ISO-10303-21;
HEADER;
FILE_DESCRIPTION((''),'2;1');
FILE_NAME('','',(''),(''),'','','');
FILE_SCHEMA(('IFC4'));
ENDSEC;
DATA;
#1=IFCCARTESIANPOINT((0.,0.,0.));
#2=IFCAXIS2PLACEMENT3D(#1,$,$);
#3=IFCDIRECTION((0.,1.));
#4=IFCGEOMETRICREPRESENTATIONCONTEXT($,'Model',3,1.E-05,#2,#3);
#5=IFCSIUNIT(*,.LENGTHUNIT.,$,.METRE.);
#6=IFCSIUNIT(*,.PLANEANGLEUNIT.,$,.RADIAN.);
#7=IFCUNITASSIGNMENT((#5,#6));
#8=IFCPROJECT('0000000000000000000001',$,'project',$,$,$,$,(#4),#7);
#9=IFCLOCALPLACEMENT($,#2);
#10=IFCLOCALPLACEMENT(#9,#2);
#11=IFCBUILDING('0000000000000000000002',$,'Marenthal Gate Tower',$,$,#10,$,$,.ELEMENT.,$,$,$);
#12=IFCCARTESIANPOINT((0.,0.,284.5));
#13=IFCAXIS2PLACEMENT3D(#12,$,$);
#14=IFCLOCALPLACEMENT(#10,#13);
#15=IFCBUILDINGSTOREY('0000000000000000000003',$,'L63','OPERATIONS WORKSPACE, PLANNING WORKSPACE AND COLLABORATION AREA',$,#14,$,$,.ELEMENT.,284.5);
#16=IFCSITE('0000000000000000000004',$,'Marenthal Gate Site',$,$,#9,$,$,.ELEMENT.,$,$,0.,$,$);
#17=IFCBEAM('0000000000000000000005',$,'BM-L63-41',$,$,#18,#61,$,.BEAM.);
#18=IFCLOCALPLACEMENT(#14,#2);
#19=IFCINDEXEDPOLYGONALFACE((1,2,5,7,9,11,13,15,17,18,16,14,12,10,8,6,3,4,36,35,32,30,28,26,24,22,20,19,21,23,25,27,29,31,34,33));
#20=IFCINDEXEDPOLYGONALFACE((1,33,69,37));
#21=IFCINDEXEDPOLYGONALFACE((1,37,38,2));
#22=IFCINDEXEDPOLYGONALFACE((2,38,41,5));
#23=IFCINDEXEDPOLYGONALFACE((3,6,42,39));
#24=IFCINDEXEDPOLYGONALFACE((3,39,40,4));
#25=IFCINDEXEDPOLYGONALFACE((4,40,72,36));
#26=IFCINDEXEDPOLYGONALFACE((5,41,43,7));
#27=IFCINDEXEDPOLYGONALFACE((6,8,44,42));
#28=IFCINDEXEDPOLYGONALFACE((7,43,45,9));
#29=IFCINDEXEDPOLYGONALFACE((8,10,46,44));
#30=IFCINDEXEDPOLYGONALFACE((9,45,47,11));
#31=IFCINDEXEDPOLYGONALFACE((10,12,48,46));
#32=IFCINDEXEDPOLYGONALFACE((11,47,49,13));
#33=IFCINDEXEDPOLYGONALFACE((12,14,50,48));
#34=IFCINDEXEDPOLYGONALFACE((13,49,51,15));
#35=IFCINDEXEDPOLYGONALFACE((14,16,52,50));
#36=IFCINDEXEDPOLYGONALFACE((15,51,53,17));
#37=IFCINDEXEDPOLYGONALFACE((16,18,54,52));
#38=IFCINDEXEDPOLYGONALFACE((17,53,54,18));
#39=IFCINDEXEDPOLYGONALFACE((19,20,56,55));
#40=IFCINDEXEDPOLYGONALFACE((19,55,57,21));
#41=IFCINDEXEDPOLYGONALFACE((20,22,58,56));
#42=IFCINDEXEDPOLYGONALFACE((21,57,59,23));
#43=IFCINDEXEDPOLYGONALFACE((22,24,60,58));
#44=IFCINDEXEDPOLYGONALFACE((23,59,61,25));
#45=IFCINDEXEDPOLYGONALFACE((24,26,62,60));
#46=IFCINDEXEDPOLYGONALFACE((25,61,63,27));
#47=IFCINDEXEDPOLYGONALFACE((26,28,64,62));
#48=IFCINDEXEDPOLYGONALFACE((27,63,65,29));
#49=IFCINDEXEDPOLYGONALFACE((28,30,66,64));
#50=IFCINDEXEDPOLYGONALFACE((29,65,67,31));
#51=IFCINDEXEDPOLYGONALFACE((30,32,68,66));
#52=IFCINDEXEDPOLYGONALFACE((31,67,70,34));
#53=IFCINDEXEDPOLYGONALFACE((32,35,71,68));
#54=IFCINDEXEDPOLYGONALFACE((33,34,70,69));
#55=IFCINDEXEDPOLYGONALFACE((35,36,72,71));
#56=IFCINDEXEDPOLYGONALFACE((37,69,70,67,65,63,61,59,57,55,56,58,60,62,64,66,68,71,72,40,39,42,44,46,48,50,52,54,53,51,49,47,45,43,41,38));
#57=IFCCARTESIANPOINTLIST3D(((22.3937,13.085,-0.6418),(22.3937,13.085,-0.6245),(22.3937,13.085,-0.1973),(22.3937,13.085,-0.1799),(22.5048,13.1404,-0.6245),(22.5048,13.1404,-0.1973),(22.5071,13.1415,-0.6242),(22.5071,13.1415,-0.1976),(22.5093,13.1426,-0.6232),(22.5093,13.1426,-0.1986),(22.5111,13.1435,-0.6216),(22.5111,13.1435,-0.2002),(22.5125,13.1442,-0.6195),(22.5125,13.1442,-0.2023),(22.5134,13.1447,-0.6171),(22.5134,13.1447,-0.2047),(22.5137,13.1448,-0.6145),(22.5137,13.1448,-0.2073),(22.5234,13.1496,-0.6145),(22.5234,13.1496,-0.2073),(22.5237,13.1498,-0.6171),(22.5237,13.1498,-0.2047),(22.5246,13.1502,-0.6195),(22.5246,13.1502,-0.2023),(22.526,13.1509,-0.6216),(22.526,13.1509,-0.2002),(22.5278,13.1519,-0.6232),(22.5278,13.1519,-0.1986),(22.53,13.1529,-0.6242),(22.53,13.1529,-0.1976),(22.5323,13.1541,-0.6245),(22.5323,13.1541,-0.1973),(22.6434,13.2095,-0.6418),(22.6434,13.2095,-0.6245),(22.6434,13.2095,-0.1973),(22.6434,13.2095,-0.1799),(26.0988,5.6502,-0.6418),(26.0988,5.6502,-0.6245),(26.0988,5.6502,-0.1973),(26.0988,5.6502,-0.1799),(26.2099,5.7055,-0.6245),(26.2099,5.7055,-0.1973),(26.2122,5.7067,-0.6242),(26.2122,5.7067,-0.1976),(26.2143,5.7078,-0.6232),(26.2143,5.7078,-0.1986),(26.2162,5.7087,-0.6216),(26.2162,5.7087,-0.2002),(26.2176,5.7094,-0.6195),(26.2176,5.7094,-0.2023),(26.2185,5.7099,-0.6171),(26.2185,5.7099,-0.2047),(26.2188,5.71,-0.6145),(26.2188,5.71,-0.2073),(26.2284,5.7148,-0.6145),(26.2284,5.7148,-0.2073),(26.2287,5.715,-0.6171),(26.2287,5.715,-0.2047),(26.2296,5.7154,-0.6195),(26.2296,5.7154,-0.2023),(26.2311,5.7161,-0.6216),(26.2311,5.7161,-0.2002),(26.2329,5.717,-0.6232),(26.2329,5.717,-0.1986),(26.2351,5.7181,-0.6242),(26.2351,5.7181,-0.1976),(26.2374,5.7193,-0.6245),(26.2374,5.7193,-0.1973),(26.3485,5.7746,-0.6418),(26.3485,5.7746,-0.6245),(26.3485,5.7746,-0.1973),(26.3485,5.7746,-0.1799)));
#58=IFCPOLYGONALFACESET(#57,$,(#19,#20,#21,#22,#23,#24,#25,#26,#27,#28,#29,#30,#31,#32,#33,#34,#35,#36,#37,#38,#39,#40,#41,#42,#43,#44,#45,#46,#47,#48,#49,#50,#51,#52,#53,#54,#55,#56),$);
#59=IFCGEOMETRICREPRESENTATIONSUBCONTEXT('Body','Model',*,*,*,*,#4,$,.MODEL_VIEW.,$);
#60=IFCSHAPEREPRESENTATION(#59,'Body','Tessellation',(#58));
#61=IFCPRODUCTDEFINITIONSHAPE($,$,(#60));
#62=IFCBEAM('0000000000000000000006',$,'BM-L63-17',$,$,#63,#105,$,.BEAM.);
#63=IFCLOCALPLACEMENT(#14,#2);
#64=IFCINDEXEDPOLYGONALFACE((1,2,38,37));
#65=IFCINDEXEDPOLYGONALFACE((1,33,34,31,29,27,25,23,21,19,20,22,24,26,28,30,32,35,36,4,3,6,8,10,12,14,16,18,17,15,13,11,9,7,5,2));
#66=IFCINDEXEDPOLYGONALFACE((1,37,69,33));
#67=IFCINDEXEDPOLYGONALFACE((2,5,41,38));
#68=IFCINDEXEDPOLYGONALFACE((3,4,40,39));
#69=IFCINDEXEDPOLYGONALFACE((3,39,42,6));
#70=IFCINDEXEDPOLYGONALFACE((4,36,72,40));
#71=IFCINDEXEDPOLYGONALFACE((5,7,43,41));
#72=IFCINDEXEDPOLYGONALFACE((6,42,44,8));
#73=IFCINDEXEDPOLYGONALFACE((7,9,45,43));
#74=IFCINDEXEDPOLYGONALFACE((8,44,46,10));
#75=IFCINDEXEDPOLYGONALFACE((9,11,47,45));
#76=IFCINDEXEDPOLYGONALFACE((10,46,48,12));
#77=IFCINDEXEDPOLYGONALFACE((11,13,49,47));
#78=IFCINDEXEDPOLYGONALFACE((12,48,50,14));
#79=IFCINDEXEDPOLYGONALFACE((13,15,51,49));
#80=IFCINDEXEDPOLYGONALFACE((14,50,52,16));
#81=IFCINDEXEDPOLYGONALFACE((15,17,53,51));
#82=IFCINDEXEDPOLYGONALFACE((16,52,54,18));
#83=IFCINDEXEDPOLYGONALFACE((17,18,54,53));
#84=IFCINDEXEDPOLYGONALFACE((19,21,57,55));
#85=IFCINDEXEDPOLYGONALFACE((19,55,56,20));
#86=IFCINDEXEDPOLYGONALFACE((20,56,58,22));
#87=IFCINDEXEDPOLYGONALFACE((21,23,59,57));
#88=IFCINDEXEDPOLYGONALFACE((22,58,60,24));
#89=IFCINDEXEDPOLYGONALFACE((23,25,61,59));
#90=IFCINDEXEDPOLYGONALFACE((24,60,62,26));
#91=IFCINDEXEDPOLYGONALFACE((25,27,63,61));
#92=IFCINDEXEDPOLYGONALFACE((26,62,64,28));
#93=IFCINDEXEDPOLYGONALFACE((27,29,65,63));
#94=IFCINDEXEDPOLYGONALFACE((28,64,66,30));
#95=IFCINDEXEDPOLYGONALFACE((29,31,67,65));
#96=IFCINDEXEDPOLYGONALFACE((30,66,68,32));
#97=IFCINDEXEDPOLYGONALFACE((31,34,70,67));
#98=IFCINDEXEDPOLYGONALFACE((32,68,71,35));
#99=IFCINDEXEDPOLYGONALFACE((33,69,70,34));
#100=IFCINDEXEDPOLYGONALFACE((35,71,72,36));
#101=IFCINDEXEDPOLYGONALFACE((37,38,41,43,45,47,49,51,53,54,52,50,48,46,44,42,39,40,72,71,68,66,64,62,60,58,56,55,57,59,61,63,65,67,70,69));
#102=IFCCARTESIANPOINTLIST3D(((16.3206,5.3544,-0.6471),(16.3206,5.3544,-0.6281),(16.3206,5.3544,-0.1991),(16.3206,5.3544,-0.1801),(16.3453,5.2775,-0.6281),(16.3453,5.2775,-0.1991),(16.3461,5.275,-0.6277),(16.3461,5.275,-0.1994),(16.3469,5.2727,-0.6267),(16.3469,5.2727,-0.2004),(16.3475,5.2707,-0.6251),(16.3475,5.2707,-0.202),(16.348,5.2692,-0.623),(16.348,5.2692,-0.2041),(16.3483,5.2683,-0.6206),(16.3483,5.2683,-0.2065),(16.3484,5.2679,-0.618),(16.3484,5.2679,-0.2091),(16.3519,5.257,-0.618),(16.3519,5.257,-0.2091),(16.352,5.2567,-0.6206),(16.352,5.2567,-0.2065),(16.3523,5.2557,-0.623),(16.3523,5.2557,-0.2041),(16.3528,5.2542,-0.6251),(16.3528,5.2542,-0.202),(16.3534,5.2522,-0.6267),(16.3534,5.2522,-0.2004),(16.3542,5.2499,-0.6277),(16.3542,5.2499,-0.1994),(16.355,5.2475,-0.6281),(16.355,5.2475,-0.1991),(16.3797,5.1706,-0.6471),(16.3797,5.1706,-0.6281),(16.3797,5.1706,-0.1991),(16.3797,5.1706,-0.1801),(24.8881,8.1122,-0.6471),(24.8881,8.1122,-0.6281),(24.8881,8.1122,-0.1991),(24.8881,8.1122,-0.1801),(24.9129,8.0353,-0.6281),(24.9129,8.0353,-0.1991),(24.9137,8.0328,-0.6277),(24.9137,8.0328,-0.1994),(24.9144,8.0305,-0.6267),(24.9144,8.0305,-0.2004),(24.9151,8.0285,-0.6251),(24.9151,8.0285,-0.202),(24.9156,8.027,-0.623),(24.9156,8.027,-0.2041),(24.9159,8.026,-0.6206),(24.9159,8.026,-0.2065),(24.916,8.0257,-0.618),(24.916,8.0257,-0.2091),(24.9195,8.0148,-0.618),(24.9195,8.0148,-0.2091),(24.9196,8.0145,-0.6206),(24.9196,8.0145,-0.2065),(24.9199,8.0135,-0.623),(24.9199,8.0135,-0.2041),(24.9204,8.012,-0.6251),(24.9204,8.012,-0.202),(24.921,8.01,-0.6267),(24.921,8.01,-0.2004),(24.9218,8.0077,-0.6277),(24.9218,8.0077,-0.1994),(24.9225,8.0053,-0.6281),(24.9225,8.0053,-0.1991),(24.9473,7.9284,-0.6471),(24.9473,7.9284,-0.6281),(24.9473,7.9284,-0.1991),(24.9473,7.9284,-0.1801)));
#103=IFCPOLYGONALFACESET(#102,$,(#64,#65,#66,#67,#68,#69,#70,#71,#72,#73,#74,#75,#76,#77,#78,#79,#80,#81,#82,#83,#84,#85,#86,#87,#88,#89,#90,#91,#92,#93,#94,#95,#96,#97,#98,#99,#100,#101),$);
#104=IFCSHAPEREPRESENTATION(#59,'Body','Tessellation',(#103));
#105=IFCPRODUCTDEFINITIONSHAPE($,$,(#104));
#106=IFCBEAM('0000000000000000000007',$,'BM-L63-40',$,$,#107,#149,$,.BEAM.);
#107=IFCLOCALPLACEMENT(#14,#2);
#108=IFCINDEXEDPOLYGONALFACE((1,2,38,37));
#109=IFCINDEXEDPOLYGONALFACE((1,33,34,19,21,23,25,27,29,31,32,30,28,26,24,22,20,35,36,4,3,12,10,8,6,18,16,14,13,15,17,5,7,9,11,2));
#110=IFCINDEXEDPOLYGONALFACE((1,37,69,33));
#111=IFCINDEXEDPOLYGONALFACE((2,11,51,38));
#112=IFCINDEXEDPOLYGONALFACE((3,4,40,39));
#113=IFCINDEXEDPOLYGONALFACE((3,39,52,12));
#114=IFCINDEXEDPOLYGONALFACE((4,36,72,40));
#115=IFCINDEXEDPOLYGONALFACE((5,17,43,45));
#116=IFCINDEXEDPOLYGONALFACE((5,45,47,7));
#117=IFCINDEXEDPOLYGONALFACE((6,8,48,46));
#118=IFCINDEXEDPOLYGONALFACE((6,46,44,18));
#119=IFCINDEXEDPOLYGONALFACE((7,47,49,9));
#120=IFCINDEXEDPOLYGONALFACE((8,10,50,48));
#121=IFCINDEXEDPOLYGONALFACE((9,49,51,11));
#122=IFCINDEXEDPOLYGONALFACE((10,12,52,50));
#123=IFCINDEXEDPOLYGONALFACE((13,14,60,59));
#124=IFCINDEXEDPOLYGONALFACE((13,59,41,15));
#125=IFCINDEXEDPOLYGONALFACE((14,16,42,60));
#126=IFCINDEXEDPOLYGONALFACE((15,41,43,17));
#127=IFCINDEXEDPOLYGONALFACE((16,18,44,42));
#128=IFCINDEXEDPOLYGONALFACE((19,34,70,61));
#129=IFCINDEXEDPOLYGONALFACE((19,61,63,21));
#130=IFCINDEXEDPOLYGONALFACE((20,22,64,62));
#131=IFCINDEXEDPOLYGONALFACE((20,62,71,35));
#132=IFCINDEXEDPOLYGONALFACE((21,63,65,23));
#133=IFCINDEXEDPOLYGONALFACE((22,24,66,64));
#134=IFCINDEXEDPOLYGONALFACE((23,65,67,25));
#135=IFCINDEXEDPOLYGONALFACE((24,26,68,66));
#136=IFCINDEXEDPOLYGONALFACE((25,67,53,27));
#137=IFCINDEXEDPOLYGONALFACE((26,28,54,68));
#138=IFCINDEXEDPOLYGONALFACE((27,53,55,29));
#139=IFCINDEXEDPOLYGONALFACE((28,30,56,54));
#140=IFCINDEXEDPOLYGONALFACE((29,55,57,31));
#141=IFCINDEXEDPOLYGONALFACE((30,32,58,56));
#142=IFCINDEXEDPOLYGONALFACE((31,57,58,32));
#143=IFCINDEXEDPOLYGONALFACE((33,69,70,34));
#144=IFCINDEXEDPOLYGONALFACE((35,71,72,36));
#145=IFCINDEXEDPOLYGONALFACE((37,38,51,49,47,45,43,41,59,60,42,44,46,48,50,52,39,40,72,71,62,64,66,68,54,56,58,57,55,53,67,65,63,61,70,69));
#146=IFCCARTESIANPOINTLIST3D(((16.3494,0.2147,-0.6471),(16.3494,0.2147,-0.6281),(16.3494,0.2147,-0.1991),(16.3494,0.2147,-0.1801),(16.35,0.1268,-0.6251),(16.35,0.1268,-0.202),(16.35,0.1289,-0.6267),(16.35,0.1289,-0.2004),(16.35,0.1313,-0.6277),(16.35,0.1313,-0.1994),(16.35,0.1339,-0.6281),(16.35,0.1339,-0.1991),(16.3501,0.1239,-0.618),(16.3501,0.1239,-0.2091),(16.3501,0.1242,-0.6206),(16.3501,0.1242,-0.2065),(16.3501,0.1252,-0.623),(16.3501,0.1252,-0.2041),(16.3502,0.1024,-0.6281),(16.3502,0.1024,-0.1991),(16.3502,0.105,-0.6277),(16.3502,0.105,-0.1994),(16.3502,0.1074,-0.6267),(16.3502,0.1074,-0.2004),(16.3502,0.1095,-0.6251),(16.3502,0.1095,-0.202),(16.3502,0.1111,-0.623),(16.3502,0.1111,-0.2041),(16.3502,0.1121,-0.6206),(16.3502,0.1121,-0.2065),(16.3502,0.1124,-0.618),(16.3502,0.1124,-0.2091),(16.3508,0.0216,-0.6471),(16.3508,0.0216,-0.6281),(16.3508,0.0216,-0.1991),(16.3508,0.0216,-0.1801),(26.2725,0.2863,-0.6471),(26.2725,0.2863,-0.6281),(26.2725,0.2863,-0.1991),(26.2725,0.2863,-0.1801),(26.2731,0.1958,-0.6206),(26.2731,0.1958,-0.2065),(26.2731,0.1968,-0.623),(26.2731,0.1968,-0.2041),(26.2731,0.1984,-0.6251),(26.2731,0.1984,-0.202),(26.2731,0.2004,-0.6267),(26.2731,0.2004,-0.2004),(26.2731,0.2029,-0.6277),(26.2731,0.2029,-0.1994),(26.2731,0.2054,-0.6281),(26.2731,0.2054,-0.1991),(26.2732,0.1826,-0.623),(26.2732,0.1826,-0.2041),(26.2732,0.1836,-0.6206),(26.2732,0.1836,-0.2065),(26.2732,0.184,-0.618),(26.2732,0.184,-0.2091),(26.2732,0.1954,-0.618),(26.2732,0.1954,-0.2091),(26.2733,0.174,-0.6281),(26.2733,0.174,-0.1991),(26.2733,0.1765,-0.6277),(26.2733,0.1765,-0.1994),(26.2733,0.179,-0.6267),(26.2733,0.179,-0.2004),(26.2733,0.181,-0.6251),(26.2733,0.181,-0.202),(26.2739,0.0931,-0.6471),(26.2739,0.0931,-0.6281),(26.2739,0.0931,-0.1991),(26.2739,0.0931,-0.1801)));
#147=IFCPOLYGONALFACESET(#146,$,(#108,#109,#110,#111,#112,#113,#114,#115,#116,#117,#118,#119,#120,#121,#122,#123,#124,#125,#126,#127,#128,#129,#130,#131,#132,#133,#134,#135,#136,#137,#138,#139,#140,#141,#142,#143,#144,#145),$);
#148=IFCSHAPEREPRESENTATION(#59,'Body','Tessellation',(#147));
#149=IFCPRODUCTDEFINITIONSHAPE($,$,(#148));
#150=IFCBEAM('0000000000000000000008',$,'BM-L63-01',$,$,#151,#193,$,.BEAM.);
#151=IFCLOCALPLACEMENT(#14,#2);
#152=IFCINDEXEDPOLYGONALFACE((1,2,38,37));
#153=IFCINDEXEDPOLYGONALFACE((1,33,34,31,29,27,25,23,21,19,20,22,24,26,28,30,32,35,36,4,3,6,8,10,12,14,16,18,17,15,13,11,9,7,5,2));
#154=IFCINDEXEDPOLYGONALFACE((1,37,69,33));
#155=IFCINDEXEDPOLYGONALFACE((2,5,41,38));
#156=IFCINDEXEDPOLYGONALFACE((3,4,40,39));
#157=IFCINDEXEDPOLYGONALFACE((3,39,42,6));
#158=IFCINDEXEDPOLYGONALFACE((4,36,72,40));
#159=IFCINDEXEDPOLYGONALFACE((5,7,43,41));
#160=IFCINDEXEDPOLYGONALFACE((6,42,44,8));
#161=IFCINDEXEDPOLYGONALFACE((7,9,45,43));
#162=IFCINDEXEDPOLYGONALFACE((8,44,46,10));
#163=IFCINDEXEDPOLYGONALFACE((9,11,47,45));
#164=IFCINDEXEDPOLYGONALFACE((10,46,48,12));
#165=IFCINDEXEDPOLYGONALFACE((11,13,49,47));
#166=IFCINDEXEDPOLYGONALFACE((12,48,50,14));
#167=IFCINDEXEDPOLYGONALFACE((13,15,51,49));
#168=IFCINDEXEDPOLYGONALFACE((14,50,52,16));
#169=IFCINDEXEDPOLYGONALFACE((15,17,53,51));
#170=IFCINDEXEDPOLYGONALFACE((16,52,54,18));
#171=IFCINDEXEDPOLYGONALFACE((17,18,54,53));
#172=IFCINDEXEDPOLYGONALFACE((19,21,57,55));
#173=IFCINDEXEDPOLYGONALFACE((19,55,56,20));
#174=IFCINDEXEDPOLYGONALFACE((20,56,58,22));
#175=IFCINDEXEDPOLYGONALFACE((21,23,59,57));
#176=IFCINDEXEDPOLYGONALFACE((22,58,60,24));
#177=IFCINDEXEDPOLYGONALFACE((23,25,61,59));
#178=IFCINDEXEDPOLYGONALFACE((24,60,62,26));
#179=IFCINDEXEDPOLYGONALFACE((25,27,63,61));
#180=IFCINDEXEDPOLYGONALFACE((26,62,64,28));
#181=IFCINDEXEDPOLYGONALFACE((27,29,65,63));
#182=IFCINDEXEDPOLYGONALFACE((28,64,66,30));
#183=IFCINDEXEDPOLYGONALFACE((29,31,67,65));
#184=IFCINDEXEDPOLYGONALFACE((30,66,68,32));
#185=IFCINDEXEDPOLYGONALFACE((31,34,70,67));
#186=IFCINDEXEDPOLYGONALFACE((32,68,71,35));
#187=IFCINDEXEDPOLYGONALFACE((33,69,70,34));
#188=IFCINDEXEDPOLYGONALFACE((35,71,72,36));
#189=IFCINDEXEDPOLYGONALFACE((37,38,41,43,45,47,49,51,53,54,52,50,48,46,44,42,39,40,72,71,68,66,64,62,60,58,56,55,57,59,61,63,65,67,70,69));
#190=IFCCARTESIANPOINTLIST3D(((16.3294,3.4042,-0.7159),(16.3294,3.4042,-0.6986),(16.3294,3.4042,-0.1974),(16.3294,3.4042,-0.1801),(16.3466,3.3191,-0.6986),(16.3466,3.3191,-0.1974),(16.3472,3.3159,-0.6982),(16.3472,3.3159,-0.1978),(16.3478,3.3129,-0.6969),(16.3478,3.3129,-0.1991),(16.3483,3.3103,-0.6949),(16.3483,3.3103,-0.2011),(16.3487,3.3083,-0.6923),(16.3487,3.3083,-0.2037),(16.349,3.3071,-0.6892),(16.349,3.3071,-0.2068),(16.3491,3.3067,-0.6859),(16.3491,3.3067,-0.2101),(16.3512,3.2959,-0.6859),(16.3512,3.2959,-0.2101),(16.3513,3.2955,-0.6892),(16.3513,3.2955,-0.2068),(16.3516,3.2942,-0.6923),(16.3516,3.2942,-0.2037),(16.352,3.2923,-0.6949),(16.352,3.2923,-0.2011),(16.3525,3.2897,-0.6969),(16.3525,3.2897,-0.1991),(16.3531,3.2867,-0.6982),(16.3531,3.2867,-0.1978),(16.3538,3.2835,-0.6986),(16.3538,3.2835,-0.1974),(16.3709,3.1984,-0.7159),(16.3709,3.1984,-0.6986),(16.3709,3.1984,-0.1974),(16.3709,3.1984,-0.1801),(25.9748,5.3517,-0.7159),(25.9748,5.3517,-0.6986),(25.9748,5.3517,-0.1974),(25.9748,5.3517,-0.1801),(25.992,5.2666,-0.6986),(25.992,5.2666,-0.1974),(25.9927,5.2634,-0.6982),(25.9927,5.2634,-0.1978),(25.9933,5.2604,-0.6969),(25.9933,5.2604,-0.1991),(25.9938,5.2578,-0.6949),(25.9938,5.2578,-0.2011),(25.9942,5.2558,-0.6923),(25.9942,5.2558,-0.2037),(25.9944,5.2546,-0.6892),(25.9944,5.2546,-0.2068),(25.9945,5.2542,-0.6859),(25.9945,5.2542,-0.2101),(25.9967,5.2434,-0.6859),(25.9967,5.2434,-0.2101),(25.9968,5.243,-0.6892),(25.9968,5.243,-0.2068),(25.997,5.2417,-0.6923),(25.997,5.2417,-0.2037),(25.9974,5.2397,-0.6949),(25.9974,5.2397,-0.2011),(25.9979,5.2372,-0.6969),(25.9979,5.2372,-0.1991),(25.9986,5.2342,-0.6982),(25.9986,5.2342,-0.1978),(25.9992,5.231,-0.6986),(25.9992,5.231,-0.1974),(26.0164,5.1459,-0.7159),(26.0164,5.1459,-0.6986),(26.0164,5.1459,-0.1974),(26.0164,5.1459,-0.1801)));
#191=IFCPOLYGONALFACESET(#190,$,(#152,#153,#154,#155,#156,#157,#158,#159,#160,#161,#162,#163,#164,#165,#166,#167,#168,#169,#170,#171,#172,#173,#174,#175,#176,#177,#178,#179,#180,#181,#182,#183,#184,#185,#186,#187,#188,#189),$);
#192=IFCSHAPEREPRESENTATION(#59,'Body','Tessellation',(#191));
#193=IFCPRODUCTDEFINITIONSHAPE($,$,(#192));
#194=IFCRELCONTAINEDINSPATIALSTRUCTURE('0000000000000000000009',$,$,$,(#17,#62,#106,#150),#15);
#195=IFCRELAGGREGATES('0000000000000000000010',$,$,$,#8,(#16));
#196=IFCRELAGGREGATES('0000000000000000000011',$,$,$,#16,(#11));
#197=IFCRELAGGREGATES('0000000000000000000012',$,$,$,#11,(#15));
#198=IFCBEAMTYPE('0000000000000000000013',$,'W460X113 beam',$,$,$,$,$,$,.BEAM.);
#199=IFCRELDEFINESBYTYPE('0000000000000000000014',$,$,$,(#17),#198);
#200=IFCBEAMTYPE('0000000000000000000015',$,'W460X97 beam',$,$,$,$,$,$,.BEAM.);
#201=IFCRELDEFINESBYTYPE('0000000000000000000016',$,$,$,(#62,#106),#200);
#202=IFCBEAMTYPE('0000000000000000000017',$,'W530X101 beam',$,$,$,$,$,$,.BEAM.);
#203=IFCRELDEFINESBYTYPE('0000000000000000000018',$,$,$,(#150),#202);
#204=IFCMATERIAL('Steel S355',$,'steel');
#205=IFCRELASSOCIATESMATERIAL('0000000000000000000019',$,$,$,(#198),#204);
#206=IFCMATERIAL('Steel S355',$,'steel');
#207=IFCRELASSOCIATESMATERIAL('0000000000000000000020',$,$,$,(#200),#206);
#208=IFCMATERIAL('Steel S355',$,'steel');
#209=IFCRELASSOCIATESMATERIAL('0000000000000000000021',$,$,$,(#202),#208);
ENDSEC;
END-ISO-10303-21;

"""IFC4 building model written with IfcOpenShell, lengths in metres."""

from ifc_helpers import new_model, si_unit, direction, frame, origin, origin_2d, place, context, subcontext, project, spatial, i_section, extrude, material, material_profile, profile_set, type_object, element, save


model = new_model("IFC4")

# Units and contexts
model_context = context("Model", 3, precision=1e-05, world=origin(), true_north=direction((0.0, 1.0)))
body_context = subcontext(model_context, "Body", "Model", "MODEL_VIEW")
ifc_project = project(units=[si_unit("LENGTHUNIT", "METRE"), si_unit("PLANEANGLEUNIT", "RADIAN")], contexts=[model_context])

# Site, building, storey
site_placement = place(None, origin())
site = spatial("IfcSite", under=ifc_project, at=site_placement, Name="Marenthal Gate Site", CompositionType="ELEMENT", RefElevation=0.0)
building_placement = place(site_placement, origin())
building = spatial("IfcBuilding", under=site, at=building_placement, Name="Marenthal Gate Tower", CompositionType="ELEMENT")
storey_placement = place(building_placement, frame((0.0, 0.0, 284.5)))
storey = spatial("IfcBuildingStorey", under=building, at=storey_placement, Name="L63", Description="OPERATIONS WORKSPACE, PLANNING WORKSPACE AND COLLABORATION AREA", CompositionType="ELEMENT", Elevation=284.5)

# Beams
ifc_material_1 = material(Name="Steel S355", Category="steel")
ifc_material_profile_1 = material_profile(ifc_material_1, i_section(OverallWidth=0.2791, OverallDepth=0.4619, WebThickness=0.0107, FlangeThickness=0.0173, FilletRadius=0.01, at=origin_2d()), Name="W460X113")
ifc_profile_set_1 = profile_set([ifc_material_profile_1], Name="Steel S355")
beam_type_1 = type_object("IfcBeamType", Name="W460X113 beam", PredefinedType="BEAM", material=ifc_profile_set_1)
beam_1_placement = place(storey_placement, frame((26.2236, 5.7124, -0.4109), z_axis=(-0.446026, 0.89502, 0.0), x_axis=(-0.89502, -0.446026, 0.0)))
element("IfcBeam", 1, at=beam_1_placement, inside=storey, type_object=beam_type_1, Name="BM-L63-41", PredefinedType="BEAM", context=body_context, shape_type="SweptSolid", body=[
    extrude(i_section(OverallWidth=0.2791, OverallDepth=0.4619, WebThickness=0.0107, FlangeThickness=0.0173, FilletRadius=0.01, at=origin_2d()), origin(), (0.0, 0.0, 1.0), 8.3069),
])
ifc_material_2 = material(Name="Steel S355", Category="steel")
ifc_material_profile_2 = material_profile(ifc_material_2, i_section(OverallWidth=0.1931, OverallDepth=0.467, WebThickness=0.0115, FlangeThickness=0.019, FilletRadius=0.01, at=origin_2d()), Name="W460X97")
ifc_profile_set_2 = profile_set([ifc_material_profile_2], Name="Steel S355")
beam_type_2 = type_object("IfcBeamType", Name="W460X97 beam", PredefinedType="BEAM", material=ifc_profile_set_2)
beam_2_placement = place(storey_placement, frame((24.9177, 8.0203, -0.4136), z_axis=(-0.951901, -0.306405, 0.0), x_axis=(0.306405, -0.951901, 0.0)))
element("IfcBeam", 2, at=beam_2_placement, inside=storey, type_object=beam_type_2, Name="BM-L63-17", PredefinedType="BEAM", context=body_context, shape_type="SweptSolid", body=[
    extrude(i_section(OverallWidth=0.1931, OverallDepth=0.467, WebThickness=0.0115, FlangeThickness=0.019, FilletRadius=0.01, at=origin_2d()), origin(), (0.0, 0.0, 1.0), 9.0005),
])
beam_3_placement = place(storey_placement, frame((26.2732, 0.1897, -0.4136), z_axis=(-0.999974, -0.007209, 0.0), x_axis=(0.007209, -0.999974, 0.0)))
element("IfcBeam", 3, at=beam_3_placement, inside=storey, type_object=beam_type_2, Name="BM-L63-40", PredefinedType="BEAM", context=body_context, shape_type="SweptSolid", body=[
    extrude(i_section(OverallWidth=0.1931, OverallDepth=0.467, WebThickness=0.0115, FlangeThickness=0.019, FilletRadius=0.01, at=origin_2d()), origin(), (0.0, 0.0, 1.0), 9.9233),
])
ifc_material_3 = material(Name="Steel S355", Category="steel")
ifc_material_profile_3 = material_profile(ifc_material_3, i_section(OverallWidth=0.21, OverallDepth=0.5359, WebThickness=0.011, FlangeThickness=0.0173, FilletRadius=0.0127, at=origin_2d()), Name="W530X101")
ifc_profile_set_3 = profile_set([ifc_material_profile_3], Name="Steel S355")
beam_type_3 = type_object("IfcBeamType", Name="W530X101 beam", PredefinedType="BEAM", material=ifc_profile_set_3)
beam_4_placement = place(storey_placement, frame((25.9956, 5.2488, -0.448), z_axis=(-0.980219, -0.197915, 0.0), x_axis=(0.197915, -0.980219, 0.0)))
element("IfcBeam", 4, at=beam_4_placement, inside=storey, type_object=beam_type_3, Name="BM-L63-01", PredefinedType="BEAM", context=body_context, shape_type="SweptSolid", body=[
    extrude(i_section(OverallWidth=0.21, OverallDepth=0.5359, WebThickness=0.011, FlangeThickness=0.0173, FilletRadius=0.0127, at=origin_2d()), origin(), (0.0, 0.0, 1.0), 9.8401),
])

save(model, "model.ifc")
